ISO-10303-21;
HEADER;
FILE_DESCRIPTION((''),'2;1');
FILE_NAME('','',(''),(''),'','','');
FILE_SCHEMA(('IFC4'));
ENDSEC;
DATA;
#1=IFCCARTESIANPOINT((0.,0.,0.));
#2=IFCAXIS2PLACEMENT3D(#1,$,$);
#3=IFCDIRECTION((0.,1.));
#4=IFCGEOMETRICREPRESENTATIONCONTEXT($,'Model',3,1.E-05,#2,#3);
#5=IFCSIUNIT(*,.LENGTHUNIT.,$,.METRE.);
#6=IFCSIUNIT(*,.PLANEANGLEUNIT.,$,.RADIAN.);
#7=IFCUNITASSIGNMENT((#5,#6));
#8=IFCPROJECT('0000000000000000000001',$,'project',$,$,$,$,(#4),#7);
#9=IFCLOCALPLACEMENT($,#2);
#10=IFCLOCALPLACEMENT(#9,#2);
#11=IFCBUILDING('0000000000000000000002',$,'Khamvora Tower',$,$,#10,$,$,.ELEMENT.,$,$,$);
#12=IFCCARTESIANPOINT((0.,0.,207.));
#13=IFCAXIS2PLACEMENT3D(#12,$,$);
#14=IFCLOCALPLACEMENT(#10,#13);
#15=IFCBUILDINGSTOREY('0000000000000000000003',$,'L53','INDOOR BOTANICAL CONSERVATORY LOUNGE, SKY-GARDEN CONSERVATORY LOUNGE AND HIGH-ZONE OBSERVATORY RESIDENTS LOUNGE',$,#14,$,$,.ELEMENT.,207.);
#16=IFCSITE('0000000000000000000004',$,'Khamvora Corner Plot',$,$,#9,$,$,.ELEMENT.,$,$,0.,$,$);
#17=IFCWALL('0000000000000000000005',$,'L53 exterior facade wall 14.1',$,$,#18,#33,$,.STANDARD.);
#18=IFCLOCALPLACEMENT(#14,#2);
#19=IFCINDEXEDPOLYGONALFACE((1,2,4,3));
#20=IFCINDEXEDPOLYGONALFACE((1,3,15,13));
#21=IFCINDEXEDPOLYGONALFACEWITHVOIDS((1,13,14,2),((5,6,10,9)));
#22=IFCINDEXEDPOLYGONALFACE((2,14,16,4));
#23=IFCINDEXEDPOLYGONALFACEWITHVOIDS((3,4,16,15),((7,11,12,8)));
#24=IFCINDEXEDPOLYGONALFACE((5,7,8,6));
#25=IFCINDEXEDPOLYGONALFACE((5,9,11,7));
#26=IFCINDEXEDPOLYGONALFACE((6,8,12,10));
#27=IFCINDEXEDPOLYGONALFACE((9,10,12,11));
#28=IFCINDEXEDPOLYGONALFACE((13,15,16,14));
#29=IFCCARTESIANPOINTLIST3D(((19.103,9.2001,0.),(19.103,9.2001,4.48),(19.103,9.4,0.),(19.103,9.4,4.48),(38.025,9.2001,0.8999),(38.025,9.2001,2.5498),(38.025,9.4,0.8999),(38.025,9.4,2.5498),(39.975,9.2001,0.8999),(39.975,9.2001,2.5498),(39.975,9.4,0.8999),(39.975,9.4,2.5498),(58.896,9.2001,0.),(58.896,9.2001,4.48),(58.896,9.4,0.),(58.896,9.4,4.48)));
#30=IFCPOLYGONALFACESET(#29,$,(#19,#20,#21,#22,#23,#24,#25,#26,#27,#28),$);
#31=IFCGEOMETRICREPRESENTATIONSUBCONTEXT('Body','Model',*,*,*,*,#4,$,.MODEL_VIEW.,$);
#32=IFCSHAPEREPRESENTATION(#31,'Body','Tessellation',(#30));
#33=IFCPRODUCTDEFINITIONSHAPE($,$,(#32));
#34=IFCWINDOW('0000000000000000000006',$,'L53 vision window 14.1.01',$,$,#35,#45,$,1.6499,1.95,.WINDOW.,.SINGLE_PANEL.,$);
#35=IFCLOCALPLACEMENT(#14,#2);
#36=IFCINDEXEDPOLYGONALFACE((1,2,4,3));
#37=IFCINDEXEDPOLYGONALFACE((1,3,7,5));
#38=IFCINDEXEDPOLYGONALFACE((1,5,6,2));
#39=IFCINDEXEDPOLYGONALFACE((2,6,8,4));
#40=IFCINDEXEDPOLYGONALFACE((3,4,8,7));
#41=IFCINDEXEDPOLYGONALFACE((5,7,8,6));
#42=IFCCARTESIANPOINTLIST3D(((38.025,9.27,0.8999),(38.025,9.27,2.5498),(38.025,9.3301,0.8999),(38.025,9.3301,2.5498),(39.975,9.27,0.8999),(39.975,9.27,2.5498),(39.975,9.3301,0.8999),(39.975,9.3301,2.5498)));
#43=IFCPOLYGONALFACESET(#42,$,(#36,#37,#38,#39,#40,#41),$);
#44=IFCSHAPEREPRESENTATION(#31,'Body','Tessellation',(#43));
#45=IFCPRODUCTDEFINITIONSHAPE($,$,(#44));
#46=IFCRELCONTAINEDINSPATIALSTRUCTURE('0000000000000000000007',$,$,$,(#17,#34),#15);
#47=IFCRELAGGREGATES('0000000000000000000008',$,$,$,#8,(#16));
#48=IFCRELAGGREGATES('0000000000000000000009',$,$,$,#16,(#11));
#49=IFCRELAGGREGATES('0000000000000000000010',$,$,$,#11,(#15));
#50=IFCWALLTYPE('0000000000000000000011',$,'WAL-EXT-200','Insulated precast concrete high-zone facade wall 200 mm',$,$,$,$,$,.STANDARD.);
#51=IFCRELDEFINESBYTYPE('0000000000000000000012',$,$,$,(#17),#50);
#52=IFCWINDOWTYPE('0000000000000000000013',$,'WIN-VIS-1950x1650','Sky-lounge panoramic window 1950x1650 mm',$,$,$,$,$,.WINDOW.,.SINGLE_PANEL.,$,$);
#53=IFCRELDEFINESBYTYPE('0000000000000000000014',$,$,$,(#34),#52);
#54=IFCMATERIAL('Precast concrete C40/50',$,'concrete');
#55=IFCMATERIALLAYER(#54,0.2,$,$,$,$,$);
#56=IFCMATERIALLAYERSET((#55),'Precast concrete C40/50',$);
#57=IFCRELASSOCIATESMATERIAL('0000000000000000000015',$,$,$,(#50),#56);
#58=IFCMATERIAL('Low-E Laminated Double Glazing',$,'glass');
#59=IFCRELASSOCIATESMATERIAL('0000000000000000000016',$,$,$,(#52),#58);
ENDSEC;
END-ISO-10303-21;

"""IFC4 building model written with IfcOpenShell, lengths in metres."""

from ifc_helpers import new_model, si_unit, direction, frame, frame_2d, origin, place, context, subcontext, project, spatial, rectangle, extrude, material, layer, layer_set, type_object, element, fill, save


model = new_model("IFC4")

# Units and contexts
model_context = context("Model", 3, precision=1e-05, world=origin(), true_north=direction((0.0, 1.0)))
body_context = subcontext(model_context, "Body", "Model", "MODEL_VIEW")
ifc_project = project(units=[si_unit("LENGTHUNIT", "METRE"), si_unit("PLANEANGLEUNIT", "RADIAN")], contexts=[model_context])

# Site, building, storey
site_placement = place(None, origin())
site = spatial("IfcSite", under=ifc_project, at=site_placement, Name="Khamvora Corner Plot", CompositionType="ELEMENT", RefElevation=0.0)
building_placement = place(site_placement, origin())
building = spatial("IfcBuilding", under=site, at=building_placement, Name="Khamvora Tower", CompositionType="ELEMENT")
storey_placement = place(building_placement, frame((0.0, 0.0, 207.0)))
storey = spatial("IfcBuildingStorey", under=building, at=storey_placement, Name="L53", Description="INDOOR BOTANICAL CONSERVATORY LOUNGE, SKY-GARDEN CONSERVATORY LOUNGE AND HIGH-ZONE OBSERVATORY RESIDENTS LOUNGE", CompositionType="ELEMENT", Elevation=207.0)

# Shared definitions
ifc_material_1 = material(Name="Precast concrete C40/50", Category="concrete")
ifc_layer = layer(ifc_material_1, 0.2)
ifc_layer_set = layer_set([ifc_layer], Name="Precast concrete C40/50")
wall_type = type_object("IfcWallType", Name="WAL-EXT-200", Description="Insulated precast concrete high-zone facade wall 200 mm", PredefinedType="STANDARD", material=ifc_layer_set)
ifc_material_2 = material(Name="Low-E Laminated Double Glazing", Category="glass")

# Wall, opening, window
wall_1_placement = place(storey_placement, frame((58.896, 9.3, 0.0), z_axis=(0.0, 0.0, 1.0), x_axis=(-1.0, 0.0, 0.0)))
wall_1 = element("IfcWall", 1, at=wall_1_placement, inside=storey, type_object=wall_type, Name="L53 exterior facade wall 14.1", PredefinedType="STANDARD", context=body_context, shape_type="SweptSolid", body=[
    extrude(rectangle(XDim=39.793, YDim=0.2, at=frame_2d((19.8965, 0.0))), origin(), (0.0, 0.0, 1.0), 4.48),
])
opening_1_placement = place(wall_1_placement, frame((18.9209, 0.0, 0.8999)))
opening_1 = element("IfcOpeningElement", 2, at=opening_1_placement, cuts=wall_1, PredefinedType="OPENING", context=body_context, shape_type="SweptSolid", body=[
    extrude(rectangle(XDim=1.95, YDim=1.6499, at=frame_2d((0.9751, 0.825))), frame((0.0, 0.1099, 0.0), z_axis=(0.0, -1.0, 0.0), x_axis=(1.0, 0.0, 0.0)), (0.0, 0.0, 1.0), 0.22),
])
window_type_1 = type_object("IfcWindowType", Name="WIN-VIS-1950x1650", Description="Sky-lounge panoramic window 1950x1650 mm", PartitioningType="SINGLE_PANEL", PredefinedType="WINDOW", material=ifc_material_2)
window_1_placement = place(opening_1_placement, origin())
window_1 = element("IfcWindow", 3, at=window_1_placement, inside=storey, type_object=window_type_1, Name="L53 vision window 14.1.01", OverallHeight=1.6499, OverallWidth=1.95, PartitioningType="SINGLE_PANEL", PredefinedType="WINDOW", context=body_context, shape_type="SweptSolid", body=[
    extrude(rectangle(XDim=1.95, YDim=1.6499, at=frame_2d((0.9751, 0.825))), frame((0.0, 0.03, 0.0), z_axis=(0.0, -1.0, 0.0), x_axis=(1.0, 0.0, 0.0)), (0.0, 0.0, 1.0), 0.0601),
])
fill(opening_1, window_1)

save(model, "model.ifc")
